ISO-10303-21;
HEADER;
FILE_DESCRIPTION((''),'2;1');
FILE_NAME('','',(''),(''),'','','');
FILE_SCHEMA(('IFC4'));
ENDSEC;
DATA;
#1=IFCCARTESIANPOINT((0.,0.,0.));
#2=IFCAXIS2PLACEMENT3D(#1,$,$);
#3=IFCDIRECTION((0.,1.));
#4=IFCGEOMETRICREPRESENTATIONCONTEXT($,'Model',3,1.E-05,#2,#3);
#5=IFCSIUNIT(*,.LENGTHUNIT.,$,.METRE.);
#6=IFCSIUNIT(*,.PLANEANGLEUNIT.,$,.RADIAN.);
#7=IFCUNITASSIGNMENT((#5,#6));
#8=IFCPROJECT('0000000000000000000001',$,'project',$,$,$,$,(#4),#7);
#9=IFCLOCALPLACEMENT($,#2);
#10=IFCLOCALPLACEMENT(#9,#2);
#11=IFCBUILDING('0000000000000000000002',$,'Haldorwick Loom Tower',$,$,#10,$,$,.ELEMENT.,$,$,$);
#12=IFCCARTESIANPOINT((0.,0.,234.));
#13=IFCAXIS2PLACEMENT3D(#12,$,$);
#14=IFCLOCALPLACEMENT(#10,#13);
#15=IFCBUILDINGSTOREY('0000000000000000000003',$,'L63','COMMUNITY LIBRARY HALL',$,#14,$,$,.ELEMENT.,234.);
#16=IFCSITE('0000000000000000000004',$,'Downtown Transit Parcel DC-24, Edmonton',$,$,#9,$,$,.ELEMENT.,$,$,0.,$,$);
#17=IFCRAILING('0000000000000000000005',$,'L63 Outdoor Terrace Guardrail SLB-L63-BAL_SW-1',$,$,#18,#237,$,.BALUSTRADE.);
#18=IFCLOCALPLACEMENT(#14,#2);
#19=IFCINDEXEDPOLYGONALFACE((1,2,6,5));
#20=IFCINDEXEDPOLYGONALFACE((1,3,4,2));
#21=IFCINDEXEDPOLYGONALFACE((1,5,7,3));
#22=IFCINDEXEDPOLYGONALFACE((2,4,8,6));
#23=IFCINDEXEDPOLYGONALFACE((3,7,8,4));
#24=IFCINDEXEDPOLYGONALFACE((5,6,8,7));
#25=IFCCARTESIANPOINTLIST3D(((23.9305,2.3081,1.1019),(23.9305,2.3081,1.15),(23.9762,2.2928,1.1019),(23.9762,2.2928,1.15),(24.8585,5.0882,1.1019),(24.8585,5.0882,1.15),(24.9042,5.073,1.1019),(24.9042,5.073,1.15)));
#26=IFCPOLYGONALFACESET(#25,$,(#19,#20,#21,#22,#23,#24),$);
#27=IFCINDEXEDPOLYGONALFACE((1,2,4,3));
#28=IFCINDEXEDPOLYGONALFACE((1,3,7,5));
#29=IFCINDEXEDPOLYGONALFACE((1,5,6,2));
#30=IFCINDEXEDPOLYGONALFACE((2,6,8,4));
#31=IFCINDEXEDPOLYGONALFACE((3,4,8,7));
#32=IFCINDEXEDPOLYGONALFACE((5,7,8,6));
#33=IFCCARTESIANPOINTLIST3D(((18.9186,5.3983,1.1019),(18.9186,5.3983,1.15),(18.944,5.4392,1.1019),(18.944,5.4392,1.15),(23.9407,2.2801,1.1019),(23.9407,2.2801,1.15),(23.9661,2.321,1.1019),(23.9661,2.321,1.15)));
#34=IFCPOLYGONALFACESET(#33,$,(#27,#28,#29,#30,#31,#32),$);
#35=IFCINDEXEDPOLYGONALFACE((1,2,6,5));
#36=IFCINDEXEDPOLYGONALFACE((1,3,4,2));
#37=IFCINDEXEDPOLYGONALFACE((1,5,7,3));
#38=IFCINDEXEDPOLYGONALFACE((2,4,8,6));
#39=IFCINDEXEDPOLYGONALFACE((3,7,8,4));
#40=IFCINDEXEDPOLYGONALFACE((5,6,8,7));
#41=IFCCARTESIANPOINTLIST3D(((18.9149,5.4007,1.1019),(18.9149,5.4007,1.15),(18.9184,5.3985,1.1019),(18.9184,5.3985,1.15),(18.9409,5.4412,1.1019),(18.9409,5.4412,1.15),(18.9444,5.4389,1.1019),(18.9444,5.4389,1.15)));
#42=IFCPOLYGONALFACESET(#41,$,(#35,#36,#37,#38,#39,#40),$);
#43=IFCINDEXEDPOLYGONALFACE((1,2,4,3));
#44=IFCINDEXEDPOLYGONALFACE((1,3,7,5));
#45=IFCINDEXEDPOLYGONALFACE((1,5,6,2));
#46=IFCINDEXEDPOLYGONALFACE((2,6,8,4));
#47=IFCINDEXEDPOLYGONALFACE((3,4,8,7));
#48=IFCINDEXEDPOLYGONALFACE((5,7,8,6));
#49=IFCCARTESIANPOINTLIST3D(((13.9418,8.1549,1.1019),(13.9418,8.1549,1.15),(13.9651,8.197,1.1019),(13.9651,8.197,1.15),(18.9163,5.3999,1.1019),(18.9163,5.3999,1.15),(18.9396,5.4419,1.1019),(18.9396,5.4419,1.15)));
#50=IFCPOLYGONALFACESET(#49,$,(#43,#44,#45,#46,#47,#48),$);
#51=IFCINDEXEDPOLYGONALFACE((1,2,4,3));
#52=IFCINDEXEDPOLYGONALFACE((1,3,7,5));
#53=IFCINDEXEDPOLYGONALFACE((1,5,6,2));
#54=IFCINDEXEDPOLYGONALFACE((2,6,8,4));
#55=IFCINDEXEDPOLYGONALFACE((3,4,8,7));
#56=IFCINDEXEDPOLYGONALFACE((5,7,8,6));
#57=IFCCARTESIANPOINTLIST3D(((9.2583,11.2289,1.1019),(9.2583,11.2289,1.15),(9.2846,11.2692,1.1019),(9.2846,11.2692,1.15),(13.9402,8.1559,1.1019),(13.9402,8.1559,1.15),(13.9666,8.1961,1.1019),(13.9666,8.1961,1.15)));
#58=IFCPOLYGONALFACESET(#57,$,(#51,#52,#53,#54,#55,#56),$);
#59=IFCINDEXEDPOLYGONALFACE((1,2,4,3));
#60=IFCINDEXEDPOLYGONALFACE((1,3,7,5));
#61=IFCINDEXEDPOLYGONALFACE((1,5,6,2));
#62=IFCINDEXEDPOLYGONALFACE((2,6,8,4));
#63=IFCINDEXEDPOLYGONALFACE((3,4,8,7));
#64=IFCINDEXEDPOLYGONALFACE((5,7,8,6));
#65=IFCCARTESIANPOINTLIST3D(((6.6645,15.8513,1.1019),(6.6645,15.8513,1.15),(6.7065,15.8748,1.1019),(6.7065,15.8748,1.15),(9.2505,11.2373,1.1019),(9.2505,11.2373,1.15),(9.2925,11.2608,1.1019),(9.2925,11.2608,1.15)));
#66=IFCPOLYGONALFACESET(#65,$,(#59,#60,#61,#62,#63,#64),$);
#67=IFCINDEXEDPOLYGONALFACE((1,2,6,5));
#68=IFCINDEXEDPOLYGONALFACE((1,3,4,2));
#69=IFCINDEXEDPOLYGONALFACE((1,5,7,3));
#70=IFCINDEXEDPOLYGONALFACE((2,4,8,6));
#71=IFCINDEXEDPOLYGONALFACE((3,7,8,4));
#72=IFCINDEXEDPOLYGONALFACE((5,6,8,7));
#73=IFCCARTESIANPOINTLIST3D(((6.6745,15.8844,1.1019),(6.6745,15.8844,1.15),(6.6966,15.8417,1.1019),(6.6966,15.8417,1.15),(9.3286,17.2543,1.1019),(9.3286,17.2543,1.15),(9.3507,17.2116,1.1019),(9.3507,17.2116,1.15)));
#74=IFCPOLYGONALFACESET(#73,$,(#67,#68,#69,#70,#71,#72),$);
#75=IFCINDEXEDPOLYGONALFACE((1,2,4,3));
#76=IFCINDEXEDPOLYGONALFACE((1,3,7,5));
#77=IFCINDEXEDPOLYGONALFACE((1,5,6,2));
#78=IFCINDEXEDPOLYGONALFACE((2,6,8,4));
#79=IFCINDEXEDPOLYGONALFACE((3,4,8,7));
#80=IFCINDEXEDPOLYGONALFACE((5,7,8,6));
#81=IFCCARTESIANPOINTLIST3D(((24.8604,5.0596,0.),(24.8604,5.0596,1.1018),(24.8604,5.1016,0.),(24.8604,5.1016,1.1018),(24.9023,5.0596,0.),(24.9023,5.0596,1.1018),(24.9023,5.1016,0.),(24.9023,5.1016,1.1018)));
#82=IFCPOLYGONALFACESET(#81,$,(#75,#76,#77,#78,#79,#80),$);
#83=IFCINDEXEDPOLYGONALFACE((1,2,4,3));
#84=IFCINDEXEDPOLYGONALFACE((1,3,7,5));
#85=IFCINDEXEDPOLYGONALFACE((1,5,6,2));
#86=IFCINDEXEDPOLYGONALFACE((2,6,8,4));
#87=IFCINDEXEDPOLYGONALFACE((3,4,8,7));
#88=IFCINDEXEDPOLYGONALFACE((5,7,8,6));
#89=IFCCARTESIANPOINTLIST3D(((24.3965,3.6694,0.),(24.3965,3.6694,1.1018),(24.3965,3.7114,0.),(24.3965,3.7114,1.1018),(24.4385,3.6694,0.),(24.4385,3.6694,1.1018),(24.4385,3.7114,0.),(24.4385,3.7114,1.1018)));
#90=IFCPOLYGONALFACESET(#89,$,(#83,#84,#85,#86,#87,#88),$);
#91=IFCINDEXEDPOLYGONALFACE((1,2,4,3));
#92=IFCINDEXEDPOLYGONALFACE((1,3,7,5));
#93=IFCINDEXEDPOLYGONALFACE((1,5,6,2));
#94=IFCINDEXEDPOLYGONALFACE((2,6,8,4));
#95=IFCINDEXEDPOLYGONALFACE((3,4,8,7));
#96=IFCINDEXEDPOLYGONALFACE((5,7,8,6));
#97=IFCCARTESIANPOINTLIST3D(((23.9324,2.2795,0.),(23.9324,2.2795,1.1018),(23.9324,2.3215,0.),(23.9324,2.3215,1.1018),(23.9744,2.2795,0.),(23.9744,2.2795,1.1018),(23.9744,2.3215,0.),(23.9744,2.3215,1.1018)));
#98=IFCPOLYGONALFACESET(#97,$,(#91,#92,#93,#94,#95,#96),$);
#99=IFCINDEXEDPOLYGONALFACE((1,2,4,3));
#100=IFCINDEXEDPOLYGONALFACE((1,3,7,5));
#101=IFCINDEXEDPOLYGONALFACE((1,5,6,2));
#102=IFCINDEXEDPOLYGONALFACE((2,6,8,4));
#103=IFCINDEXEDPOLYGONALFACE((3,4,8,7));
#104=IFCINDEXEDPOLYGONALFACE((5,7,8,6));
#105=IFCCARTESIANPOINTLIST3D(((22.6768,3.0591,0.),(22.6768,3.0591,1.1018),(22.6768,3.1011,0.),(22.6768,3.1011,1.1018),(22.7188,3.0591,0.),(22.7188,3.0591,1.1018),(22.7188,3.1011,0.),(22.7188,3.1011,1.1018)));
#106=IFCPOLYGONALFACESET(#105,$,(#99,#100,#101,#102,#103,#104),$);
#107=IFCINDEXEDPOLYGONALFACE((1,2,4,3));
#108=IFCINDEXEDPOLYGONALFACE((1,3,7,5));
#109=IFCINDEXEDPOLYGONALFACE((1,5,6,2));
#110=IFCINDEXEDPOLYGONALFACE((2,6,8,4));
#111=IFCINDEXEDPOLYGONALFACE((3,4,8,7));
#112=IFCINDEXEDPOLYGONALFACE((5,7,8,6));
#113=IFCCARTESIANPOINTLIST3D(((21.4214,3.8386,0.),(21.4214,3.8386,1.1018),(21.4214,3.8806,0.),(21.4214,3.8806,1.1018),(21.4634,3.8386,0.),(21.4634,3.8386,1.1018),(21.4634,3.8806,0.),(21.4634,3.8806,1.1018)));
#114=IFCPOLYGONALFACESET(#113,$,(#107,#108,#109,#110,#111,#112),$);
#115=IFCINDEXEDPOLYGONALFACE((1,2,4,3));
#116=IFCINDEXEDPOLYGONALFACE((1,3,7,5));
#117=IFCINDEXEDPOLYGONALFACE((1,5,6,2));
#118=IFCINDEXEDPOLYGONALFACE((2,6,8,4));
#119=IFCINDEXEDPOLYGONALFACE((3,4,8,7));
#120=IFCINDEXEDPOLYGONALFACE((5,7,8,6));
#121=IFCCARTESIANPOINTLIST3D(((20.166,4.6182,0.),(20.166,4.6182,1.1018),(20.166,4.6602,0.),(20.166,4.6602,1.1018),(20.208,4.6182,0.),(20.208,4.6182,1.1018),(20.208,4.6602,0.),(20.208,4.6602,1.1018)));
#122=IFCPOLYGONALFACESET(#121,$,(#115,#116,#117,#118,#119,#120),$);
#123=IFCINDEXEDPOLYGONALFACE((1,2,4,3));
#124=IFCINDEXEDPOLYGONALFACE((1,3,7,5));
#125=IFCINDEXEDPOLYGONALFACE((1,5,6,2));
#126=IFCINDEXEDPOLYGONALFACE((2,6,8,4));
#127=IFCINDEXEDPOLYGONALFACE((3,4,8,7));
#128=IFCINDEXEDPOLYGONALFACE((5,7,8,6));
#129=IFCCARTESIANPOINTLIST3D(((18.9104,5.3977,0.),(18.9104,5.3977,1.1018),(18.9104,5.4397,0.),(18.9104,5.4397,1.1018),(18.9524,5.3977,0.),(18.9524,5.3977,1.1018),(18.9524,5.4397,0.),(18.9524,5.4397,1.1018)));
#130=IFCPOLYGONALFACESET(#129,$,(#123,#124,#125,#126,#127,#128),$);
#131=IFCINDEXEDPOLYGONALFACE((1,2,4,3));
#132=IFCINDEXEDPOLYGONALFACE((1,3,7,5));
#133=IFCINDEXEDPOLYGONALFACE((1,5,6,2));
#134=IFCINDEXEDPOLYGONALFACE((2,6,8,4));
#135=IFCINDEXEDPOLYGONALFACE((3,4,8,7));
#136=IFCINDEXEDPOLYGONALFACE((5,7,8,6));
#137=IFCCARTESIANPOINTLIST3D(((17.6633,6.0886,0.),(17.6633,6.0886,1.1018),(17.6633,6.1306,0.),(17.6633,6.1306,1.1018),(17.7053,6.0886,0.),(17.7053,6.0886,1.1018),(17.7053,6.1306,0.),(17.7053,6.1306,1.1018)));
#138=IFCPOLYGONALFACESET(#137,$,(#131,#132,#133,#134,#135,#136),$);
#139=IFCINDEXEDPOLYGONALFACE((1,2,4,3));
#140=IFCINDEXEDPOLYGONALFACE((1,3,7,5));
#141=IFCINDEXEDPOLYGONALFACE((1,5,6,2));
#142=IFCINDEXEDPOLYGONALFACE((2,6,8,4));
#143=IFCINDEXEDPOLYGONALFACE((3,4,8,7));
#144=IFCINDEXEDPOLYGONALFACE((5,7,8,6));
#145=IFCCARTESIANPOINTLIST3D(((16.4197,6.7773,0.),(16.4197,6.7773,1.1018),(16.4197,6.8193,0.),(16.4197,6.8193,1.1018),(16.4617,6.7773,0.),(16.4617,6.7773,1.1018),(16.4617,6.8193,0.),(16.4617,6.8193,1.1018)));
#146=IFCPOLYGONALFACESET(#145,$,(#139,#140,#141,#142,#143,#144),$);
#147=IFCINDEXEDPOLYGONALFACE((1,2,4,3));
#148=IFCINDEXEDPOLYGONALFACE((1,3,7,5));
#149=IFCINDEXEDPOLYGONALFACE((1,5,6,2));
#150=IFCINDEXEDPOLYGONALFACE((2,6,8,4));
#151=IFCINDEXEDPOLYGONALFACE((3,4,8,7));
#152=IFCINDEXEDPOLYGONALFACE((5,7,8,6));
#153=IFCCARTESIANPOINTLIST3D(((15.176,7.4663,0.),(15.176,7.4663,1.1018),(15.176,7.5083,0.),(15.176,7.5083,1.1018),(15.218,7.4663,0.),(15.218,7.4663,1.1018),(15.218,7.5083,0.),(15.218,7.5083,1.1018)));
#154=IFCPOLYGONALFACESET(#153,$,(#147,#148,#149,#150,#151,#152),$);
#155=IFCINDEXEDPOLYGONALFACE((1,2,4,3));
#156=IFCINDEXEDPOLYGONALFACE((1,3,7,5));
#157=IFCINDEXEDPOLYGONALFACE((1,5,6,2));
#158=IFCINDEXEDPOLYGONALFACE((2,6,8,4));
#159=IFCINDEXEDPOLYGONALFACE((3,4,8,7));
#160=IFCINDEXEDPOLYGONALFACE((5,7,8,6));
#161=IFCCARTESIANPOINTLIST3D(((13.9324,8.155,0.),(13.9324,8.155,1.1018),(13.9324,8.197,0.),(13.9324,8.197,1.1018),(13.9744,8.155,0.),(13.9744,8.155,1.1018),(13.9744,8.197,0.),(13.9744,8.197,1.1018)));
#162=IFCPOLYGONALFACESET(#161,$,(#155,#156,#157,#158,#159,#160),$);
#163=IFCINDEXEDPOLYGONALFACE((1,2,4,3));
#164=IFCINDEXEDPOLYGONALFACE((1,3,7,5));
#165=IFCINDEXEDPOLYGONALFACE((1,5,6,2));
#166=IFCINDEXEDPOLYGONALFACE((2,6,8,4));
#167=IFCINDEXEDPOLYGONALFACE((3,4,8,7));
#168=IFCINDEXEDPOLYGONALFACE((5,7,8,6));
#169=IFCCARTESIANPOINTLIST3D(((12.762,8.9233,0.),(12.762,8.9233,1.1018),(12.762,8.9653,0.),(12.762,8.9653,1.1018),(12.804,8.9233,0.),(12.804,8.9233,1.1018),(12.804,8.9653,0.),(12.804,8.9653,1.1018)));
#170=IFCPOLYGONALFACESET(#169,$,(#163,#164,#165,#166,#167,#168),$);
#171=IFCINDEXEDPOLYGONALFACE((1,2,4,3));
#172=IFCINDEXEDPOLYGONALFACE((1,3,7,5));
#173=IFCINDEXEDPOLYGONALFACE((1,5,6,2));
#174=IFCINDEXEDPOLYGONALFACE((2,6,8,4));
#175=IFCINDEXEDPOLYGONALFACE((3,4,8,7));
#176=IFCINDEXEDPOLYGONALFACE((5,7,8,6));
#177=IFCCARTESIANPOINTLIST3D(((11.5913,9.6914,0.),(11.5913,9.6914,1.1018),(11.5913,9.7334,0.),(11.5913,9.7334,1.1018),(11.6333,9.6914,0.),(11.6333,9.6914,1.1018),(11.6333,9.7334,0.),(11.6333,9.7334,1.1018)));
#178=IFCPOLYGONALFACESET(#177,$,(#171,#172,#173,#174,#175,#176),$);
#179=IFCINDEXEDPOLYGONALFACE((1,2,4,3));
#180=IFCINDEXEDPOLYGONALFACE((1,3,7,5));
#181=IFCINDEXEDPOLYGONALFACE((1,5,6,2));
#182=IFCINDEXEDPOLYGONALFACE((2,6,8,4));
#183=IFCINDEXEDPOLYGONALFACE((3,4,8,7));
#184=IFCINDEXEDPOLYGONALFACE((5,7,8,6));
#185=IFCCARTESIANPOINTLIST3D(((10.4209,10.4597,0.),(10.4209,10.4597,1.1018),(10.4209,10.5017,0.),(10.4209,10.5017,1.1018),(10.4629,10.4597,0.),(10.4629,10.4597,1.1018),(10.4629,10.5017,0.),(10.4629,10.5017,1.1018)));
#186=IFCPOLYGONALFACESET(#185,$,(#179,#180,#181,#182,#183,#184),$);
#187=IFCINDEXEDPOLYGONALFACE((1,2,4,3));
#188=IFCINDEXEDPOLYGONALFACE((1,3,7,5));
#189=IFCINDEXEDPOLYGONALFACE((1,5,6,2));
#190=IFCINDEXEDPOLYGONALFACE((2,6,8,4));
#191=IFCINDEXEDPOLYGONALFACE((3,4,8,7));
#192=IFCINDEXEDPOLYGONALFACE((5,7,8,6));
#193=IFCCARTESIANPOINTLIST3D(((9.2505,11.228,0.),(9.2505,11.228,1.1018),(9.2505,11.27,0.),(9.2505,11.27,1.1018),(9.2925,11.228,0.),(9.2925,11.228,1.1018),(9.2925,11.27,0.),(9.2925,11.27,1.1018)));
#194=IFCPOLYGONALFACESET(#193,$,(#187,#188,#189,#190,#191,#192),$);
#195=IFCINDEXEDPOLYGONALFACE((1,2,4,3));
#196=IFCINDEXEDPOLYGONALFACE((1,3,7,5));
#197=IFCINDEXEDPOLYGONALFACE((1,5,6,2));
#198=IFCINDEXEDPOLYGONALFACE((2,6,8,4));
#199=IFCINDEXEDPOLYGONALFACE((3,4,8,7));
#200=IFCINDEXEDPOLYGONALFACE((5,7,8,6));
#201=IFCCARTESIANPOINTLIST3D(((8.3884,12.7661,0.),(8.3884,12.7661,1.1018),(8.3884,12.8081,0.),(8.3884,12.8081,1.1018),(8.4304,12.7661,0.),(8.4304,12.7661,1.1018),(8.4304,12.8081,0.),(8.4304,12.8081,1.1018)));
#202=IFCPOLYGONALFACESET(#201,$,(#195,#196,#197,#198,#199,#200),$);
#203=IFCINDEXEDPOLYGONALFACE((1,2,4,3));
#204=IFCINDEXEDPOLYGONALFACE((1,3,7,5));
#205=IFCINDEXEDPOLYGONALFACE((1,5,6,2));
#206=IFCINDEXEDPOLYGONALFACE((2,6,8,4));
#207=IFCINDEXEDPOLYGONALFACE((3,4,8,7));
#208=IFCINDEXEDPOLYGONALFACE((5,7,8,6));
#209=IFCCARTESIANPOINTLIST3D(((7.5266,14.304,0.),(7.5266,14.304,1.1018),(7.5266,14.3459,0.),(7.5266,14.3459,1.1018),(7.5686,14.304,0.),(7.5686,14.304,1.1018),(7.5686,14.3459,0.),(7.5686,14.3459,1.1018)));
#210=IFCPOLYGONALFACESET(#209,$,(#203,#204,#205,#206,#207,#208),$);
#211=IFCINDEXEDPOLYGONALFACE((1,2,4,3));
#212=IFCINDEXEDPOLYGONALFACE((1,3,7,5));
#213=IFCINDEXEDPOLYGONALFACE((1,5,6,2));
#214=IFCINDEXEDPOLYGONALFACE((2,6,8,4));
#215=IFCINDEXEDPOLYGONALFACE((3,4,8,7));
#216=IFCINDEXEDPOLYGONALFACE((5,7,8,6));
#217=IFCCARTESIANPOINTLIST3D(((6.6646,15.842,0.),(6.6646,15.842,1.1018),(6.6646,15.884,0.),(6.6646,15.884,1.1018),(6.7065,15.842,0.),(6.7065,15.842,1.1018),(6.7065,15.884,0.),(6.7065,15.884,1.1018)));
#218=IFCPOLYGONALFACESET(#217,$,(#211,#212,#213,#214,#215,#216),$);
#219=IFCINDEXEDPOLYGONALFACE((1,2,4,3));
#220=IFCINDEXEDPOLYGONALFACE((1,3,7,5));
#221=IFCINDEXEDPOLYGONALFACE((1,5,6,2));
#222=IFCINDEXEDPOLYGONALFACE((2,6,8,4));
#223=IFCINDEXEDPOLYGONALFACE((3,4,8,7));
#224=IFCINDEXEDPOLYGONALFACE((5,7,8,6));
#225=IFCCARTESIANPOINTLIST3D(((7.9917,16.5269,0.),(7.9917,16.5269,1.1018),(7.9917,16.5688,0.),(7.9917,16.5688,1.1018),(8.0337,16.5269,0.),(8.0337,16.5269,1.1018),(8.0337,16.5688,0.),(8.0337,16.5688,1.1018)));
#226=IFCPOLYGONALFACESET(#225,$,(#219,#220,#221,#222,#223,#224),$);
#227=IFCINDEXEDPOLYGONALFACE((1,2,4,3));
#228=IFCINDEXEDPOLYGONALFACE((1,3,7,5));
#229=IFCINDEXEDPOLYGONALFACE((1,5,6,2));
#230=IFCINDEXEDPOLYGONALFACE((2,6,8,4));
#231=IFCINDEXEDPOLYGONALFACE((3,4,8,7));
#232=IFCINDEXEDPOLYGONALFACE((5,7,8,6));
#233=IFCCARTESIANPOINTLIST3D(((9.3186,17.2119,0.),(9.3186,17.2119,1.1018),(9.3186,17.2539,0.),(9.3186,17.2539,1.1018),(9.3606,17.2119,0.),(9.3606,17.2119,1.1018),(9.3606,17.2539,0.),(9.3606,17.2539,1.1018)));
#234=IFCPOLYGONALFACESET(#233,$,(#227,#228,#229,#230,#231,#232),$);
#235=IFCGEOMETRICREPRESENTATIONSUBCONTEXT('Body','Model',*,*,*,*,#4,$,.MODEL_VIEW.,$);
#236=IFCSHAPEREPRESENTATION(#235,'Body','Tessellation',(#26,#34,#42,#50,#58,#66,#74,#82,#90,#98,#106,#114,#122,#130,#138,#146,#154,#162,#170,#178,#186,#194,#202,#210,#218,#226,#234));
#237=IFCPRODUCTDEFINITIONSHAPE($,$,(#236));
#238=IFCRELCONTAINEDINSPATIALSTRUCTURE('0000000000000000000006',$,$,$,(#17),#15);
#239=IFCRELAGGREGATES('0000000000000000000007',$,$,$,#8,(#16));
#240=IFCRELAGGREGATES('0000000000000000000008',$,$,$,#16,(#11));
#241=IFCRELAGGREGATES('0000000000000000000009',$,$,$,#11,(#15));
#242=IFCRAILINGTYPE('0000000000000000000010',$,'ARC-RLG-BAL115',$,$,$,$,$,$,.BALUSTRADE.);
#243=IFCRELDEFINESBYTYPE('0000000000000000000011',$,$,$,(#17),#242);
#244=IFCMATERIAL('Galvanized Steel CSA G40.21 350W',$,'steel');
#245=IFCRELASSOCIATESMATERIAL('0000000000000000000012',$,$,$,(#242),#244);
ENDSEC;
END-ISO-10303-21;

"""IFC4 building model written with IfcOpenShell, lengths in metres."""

from ifc_helpers import new_model, si_unit, direction, frame, origin, origin_2d, place, context, subcontext, project, spatial, rectangle, extrude, material, type_object, element, save


model = new_model("IFC4")

# Units and contexts
model_context = context("Model", 3, precision=1e-05, world=origin(), true_north=direction((0.0, 1.0)))
body_context = subcontext(model_context, "Body", "Model", "MODEL_VIEW")
ifc_project = project(units=[si_unit("LENGTHUNIT", "METRE"), si_unit("PLANEANGLEUNIT", "RADIAN")], contexts=[model_context])

# Site, building, storey
site_placement = place(None, origin())
site = spatial("IfcSite", under=ifc_project, at=site_placement, Name="Downtown Transit Parcel DC-24, Edmonton", CompositionType="ELEMENT", RefElevation=0.0)
building_placement = place(site_placement, origin())
building = spatial("IfcBuilding", under=site, at=building_placement, Name="Haldorwick Loom Tower", CompositionType="ELEMENT")
storey_placement = place(building_placement, frame((0.0, 0.0, 234.0)))
storey = spatial("IfcBuildingStorey", under=building, at=storey_placement, Name="L63", Description="COMMUNITY LIBRARY HALL", CompositionType="ELEMENT", Elevation=234.0)

# Railing
ifc_material_1 = material(Name="Galvanized Steel CSA G40.21 350W", Category="steel")
railing_type = type_object("IfcRailingType", Name="ARC-RLG-BAL115", PredefinedType="BALUSTRADE", material=ifc_material_1)
railing_placement = place(storey_placement, frame((24.8813, 5.0806, 0.0)))
element("IfcRailing", 1, at=railing_placement, inside=storey, type_object=railing_type, Name="L63 Outdoor Terrace Guardrail SLB-L63-BAL_SW-1", PredefinedType="BALUSTRADE", context=body_context, shape_type="SweptSolid", body=[
    extrude(rectangle(XDim=0.0481, YDim=0.0481, at=origin_2d()), frame((0.0, 0.0, 1.126), z_axis=(-0.316628, -0.94855, 0.0), x_axis=(0.94855, -0.316628, 0.0)), (0.0, 0.0, 1.0), 2.9309),
    extrude(rectangle(XDim=0.0481, YDim=0.0481, at=origin_2d()), frame((-0.928, -2.78, 1.126), z_axis=(-0.849558, 0.527494, 0.0), x_axis=(-0.527494, -0.849558, 0.0)), (0.0, 0.0, 1.0), 5.9114),
    extrude(rectangle(XDim=0.0481, YDim=0.0481, at=origin_2d()), frame((-5.95, 0.3381, 1.126), z_axis=(-0.841178, 0.540758, 0.0), x_axis=(-0.540758, -0.841178, 0.0)), (0.0, 0.0, 1.0), 0.0042),
    extrude(rectangle(XDim=0.0481, YDim=0.0481, at=origin_2d()), frame((-5.9534, 0.3403, 1.126), z_axis=(-0.874794, 0.484494, 0.0), x_axis=(-0.484494, -0.874794, 0.0)), (0.0, 0.0, 1.0), 5.6865),
    extrude(rectangle(XDim=0.0481, YDim=0.0481, at=origin_2d()), frame((-10.928, 3.0955, 1.126), z_axis=(-0.836006, 0.54872, 0.0), x_axis=(-0.54872, -0.836006, 0.0)), (0.0, 0.0, 1.0), 5.6003),
    extrude(rectangle(XDim=0.0481, YDim=0.0481, at=origin_2d()), frame((-15.6099, 6.1685, 1.126), z_axis=(-0.488904, 0.872338, 0.0), x_axis=(-0.872338, -0.488904, 0.0)), (0.0, 0.0, 1.0), 5.2893),
    extrude(rectangle(XDim=0.0481, YDim=0.0481, at=origin_2d()), frame((-18.1958, 10.7825, 1.126), z_axis=(0.888615, 0.458653, 0.0), x_axis=(-0.458653, 0.888615, 0.0)), (0.0, 0.0, 1.0), 2.9868),
    extrude(rectangle(XDim=0.042, YDim=0.042, at=origin_2d()), origin(), (0.0, 0.0, 1.0), 1.1018),
    extrude(rectangle(XDim=0.042, YDim=0.042, at=origin_2d()), frame((-0.4639, -1.3901, 0.0)), (0.0, 0.0, 1.0), 1.1018),
    extrude(rectangle(XDim=0.042, YDim=0.042, at=origin_2d()), frame((-0.928, -2.78, 0.0)), (0.0, 0.0, 1.0), 1.1018),
    extrude(rectangle(XDim=0.042, YDim=0.042, at=origin_2d()), frame((-2.1836, -2.0005, 0.0)), (0.0, 0.0, 1.0), 1.1018),
    extrude(rectangle(XDim=0.042, YDim=0.042, at=origin_2d()), frame((-3.439, -1.2209, 0.0)), (0.0, 0.0, 1.0), 1.1018),
    extrude(rectangle(XDim=0.042, YDim=0.042, at=origin_2d()), frame((-4.6943, -0.4414, 0.0)), (0.0, 0.0, 1.0), 1.1018),
    extrude(rectangle(XDim=0.042, YDim=0.042, at=origin_2d()), frame((-5.95, 0.3381, 0.0)), (0.0, 0.0, 1.0), 1.1018),
    extrude(rectangle(XDim=0.042, YDim=0.042, at=origin_2d()), frame((-7.197, 1.0291, 0.0)), (0.0, 0.0, 1.0), 1.1018),
    extrude(rectangle(XDim=0.042, YDim=0.042, at=origin_2d()), frame((-8.4407, 1.7178, 0.0)), (0.0, 0.0, 1.0), 1.1018),
    extrude(rectangle(XDim=0.042, YDim=0.042, at=origin_2d()), frame((-9.6843, 2.4067, 0.0)), (0.0, 0.0, 1.0), 1.1018),
    extrude(rectangle(XDim=0.042, YDim=0.042, at=origin_2d()), frame((-10.928, 3.0955, 0.0)), (0.0, 0.0, 1.0), 1.1018),
    extrude(rectangle(XDim=0.042, YDim=0.042, at=origin_2d()), frame((-12.0984, 3.8638, 0.0)), (0.0, 0.0, 1.0), 1.1018),
    extrude(rectangle(XDim=0.042, YDim=0.042, at=origin_2d()), frame((-13.269, 4.6318, 0.0)), (0.0, 0.0, 1.0), 1.1018),
    extrude(rectangle(XDim=0.042, YDim=0.042, at=origin_2d()), frame((-14.4395, 5.4001, 0.0)), (0.0, 0.0, 1.0), 1.1018),
    extrude(rectangle(XDim=0.042, YDim=0.042, at=origin_2d()), frame((-15.6099, 6.1685, 0.0)), (0.0, 0.0, 1.0), 1.1018),
    extrude(rectangle(XDim=0.042, YDim=0.042, at=origin_2d()), frame((-16.4719, 7.7065, 0.0)), (0.0, 0.0, 1.0), 1.1018),
    extrude(rectangle(XDim=0.042, YDim=0.042, at=origin_2d()), frame((-17.3337, 9.2444, 0.0)), (0.0, 0.0, 1.0), 1.1018),
    extrude(rectangle(XDim=0.042, YDim=0.042, at=origin_2d()), frame((-18.1958, 10.7825, 0.0)), (0.0, 0.0, 1.0), 1.1018),
    extrude(rectangle(XDim=0.042, YDim=0.042, at=origin_2d()), frame((-16.8687, 11.4673, 0.0)), (0.0, 0.0, 1.0), 1.1018),
    extrude(rectangle(XDim=0.042, YDim=0.042, at=origin_2d()), frame((-15.5417, 12.1523, 0.0)), (0.0, 0.0, 1.0), 1.1018),
])

save(model, "model.ifc")
